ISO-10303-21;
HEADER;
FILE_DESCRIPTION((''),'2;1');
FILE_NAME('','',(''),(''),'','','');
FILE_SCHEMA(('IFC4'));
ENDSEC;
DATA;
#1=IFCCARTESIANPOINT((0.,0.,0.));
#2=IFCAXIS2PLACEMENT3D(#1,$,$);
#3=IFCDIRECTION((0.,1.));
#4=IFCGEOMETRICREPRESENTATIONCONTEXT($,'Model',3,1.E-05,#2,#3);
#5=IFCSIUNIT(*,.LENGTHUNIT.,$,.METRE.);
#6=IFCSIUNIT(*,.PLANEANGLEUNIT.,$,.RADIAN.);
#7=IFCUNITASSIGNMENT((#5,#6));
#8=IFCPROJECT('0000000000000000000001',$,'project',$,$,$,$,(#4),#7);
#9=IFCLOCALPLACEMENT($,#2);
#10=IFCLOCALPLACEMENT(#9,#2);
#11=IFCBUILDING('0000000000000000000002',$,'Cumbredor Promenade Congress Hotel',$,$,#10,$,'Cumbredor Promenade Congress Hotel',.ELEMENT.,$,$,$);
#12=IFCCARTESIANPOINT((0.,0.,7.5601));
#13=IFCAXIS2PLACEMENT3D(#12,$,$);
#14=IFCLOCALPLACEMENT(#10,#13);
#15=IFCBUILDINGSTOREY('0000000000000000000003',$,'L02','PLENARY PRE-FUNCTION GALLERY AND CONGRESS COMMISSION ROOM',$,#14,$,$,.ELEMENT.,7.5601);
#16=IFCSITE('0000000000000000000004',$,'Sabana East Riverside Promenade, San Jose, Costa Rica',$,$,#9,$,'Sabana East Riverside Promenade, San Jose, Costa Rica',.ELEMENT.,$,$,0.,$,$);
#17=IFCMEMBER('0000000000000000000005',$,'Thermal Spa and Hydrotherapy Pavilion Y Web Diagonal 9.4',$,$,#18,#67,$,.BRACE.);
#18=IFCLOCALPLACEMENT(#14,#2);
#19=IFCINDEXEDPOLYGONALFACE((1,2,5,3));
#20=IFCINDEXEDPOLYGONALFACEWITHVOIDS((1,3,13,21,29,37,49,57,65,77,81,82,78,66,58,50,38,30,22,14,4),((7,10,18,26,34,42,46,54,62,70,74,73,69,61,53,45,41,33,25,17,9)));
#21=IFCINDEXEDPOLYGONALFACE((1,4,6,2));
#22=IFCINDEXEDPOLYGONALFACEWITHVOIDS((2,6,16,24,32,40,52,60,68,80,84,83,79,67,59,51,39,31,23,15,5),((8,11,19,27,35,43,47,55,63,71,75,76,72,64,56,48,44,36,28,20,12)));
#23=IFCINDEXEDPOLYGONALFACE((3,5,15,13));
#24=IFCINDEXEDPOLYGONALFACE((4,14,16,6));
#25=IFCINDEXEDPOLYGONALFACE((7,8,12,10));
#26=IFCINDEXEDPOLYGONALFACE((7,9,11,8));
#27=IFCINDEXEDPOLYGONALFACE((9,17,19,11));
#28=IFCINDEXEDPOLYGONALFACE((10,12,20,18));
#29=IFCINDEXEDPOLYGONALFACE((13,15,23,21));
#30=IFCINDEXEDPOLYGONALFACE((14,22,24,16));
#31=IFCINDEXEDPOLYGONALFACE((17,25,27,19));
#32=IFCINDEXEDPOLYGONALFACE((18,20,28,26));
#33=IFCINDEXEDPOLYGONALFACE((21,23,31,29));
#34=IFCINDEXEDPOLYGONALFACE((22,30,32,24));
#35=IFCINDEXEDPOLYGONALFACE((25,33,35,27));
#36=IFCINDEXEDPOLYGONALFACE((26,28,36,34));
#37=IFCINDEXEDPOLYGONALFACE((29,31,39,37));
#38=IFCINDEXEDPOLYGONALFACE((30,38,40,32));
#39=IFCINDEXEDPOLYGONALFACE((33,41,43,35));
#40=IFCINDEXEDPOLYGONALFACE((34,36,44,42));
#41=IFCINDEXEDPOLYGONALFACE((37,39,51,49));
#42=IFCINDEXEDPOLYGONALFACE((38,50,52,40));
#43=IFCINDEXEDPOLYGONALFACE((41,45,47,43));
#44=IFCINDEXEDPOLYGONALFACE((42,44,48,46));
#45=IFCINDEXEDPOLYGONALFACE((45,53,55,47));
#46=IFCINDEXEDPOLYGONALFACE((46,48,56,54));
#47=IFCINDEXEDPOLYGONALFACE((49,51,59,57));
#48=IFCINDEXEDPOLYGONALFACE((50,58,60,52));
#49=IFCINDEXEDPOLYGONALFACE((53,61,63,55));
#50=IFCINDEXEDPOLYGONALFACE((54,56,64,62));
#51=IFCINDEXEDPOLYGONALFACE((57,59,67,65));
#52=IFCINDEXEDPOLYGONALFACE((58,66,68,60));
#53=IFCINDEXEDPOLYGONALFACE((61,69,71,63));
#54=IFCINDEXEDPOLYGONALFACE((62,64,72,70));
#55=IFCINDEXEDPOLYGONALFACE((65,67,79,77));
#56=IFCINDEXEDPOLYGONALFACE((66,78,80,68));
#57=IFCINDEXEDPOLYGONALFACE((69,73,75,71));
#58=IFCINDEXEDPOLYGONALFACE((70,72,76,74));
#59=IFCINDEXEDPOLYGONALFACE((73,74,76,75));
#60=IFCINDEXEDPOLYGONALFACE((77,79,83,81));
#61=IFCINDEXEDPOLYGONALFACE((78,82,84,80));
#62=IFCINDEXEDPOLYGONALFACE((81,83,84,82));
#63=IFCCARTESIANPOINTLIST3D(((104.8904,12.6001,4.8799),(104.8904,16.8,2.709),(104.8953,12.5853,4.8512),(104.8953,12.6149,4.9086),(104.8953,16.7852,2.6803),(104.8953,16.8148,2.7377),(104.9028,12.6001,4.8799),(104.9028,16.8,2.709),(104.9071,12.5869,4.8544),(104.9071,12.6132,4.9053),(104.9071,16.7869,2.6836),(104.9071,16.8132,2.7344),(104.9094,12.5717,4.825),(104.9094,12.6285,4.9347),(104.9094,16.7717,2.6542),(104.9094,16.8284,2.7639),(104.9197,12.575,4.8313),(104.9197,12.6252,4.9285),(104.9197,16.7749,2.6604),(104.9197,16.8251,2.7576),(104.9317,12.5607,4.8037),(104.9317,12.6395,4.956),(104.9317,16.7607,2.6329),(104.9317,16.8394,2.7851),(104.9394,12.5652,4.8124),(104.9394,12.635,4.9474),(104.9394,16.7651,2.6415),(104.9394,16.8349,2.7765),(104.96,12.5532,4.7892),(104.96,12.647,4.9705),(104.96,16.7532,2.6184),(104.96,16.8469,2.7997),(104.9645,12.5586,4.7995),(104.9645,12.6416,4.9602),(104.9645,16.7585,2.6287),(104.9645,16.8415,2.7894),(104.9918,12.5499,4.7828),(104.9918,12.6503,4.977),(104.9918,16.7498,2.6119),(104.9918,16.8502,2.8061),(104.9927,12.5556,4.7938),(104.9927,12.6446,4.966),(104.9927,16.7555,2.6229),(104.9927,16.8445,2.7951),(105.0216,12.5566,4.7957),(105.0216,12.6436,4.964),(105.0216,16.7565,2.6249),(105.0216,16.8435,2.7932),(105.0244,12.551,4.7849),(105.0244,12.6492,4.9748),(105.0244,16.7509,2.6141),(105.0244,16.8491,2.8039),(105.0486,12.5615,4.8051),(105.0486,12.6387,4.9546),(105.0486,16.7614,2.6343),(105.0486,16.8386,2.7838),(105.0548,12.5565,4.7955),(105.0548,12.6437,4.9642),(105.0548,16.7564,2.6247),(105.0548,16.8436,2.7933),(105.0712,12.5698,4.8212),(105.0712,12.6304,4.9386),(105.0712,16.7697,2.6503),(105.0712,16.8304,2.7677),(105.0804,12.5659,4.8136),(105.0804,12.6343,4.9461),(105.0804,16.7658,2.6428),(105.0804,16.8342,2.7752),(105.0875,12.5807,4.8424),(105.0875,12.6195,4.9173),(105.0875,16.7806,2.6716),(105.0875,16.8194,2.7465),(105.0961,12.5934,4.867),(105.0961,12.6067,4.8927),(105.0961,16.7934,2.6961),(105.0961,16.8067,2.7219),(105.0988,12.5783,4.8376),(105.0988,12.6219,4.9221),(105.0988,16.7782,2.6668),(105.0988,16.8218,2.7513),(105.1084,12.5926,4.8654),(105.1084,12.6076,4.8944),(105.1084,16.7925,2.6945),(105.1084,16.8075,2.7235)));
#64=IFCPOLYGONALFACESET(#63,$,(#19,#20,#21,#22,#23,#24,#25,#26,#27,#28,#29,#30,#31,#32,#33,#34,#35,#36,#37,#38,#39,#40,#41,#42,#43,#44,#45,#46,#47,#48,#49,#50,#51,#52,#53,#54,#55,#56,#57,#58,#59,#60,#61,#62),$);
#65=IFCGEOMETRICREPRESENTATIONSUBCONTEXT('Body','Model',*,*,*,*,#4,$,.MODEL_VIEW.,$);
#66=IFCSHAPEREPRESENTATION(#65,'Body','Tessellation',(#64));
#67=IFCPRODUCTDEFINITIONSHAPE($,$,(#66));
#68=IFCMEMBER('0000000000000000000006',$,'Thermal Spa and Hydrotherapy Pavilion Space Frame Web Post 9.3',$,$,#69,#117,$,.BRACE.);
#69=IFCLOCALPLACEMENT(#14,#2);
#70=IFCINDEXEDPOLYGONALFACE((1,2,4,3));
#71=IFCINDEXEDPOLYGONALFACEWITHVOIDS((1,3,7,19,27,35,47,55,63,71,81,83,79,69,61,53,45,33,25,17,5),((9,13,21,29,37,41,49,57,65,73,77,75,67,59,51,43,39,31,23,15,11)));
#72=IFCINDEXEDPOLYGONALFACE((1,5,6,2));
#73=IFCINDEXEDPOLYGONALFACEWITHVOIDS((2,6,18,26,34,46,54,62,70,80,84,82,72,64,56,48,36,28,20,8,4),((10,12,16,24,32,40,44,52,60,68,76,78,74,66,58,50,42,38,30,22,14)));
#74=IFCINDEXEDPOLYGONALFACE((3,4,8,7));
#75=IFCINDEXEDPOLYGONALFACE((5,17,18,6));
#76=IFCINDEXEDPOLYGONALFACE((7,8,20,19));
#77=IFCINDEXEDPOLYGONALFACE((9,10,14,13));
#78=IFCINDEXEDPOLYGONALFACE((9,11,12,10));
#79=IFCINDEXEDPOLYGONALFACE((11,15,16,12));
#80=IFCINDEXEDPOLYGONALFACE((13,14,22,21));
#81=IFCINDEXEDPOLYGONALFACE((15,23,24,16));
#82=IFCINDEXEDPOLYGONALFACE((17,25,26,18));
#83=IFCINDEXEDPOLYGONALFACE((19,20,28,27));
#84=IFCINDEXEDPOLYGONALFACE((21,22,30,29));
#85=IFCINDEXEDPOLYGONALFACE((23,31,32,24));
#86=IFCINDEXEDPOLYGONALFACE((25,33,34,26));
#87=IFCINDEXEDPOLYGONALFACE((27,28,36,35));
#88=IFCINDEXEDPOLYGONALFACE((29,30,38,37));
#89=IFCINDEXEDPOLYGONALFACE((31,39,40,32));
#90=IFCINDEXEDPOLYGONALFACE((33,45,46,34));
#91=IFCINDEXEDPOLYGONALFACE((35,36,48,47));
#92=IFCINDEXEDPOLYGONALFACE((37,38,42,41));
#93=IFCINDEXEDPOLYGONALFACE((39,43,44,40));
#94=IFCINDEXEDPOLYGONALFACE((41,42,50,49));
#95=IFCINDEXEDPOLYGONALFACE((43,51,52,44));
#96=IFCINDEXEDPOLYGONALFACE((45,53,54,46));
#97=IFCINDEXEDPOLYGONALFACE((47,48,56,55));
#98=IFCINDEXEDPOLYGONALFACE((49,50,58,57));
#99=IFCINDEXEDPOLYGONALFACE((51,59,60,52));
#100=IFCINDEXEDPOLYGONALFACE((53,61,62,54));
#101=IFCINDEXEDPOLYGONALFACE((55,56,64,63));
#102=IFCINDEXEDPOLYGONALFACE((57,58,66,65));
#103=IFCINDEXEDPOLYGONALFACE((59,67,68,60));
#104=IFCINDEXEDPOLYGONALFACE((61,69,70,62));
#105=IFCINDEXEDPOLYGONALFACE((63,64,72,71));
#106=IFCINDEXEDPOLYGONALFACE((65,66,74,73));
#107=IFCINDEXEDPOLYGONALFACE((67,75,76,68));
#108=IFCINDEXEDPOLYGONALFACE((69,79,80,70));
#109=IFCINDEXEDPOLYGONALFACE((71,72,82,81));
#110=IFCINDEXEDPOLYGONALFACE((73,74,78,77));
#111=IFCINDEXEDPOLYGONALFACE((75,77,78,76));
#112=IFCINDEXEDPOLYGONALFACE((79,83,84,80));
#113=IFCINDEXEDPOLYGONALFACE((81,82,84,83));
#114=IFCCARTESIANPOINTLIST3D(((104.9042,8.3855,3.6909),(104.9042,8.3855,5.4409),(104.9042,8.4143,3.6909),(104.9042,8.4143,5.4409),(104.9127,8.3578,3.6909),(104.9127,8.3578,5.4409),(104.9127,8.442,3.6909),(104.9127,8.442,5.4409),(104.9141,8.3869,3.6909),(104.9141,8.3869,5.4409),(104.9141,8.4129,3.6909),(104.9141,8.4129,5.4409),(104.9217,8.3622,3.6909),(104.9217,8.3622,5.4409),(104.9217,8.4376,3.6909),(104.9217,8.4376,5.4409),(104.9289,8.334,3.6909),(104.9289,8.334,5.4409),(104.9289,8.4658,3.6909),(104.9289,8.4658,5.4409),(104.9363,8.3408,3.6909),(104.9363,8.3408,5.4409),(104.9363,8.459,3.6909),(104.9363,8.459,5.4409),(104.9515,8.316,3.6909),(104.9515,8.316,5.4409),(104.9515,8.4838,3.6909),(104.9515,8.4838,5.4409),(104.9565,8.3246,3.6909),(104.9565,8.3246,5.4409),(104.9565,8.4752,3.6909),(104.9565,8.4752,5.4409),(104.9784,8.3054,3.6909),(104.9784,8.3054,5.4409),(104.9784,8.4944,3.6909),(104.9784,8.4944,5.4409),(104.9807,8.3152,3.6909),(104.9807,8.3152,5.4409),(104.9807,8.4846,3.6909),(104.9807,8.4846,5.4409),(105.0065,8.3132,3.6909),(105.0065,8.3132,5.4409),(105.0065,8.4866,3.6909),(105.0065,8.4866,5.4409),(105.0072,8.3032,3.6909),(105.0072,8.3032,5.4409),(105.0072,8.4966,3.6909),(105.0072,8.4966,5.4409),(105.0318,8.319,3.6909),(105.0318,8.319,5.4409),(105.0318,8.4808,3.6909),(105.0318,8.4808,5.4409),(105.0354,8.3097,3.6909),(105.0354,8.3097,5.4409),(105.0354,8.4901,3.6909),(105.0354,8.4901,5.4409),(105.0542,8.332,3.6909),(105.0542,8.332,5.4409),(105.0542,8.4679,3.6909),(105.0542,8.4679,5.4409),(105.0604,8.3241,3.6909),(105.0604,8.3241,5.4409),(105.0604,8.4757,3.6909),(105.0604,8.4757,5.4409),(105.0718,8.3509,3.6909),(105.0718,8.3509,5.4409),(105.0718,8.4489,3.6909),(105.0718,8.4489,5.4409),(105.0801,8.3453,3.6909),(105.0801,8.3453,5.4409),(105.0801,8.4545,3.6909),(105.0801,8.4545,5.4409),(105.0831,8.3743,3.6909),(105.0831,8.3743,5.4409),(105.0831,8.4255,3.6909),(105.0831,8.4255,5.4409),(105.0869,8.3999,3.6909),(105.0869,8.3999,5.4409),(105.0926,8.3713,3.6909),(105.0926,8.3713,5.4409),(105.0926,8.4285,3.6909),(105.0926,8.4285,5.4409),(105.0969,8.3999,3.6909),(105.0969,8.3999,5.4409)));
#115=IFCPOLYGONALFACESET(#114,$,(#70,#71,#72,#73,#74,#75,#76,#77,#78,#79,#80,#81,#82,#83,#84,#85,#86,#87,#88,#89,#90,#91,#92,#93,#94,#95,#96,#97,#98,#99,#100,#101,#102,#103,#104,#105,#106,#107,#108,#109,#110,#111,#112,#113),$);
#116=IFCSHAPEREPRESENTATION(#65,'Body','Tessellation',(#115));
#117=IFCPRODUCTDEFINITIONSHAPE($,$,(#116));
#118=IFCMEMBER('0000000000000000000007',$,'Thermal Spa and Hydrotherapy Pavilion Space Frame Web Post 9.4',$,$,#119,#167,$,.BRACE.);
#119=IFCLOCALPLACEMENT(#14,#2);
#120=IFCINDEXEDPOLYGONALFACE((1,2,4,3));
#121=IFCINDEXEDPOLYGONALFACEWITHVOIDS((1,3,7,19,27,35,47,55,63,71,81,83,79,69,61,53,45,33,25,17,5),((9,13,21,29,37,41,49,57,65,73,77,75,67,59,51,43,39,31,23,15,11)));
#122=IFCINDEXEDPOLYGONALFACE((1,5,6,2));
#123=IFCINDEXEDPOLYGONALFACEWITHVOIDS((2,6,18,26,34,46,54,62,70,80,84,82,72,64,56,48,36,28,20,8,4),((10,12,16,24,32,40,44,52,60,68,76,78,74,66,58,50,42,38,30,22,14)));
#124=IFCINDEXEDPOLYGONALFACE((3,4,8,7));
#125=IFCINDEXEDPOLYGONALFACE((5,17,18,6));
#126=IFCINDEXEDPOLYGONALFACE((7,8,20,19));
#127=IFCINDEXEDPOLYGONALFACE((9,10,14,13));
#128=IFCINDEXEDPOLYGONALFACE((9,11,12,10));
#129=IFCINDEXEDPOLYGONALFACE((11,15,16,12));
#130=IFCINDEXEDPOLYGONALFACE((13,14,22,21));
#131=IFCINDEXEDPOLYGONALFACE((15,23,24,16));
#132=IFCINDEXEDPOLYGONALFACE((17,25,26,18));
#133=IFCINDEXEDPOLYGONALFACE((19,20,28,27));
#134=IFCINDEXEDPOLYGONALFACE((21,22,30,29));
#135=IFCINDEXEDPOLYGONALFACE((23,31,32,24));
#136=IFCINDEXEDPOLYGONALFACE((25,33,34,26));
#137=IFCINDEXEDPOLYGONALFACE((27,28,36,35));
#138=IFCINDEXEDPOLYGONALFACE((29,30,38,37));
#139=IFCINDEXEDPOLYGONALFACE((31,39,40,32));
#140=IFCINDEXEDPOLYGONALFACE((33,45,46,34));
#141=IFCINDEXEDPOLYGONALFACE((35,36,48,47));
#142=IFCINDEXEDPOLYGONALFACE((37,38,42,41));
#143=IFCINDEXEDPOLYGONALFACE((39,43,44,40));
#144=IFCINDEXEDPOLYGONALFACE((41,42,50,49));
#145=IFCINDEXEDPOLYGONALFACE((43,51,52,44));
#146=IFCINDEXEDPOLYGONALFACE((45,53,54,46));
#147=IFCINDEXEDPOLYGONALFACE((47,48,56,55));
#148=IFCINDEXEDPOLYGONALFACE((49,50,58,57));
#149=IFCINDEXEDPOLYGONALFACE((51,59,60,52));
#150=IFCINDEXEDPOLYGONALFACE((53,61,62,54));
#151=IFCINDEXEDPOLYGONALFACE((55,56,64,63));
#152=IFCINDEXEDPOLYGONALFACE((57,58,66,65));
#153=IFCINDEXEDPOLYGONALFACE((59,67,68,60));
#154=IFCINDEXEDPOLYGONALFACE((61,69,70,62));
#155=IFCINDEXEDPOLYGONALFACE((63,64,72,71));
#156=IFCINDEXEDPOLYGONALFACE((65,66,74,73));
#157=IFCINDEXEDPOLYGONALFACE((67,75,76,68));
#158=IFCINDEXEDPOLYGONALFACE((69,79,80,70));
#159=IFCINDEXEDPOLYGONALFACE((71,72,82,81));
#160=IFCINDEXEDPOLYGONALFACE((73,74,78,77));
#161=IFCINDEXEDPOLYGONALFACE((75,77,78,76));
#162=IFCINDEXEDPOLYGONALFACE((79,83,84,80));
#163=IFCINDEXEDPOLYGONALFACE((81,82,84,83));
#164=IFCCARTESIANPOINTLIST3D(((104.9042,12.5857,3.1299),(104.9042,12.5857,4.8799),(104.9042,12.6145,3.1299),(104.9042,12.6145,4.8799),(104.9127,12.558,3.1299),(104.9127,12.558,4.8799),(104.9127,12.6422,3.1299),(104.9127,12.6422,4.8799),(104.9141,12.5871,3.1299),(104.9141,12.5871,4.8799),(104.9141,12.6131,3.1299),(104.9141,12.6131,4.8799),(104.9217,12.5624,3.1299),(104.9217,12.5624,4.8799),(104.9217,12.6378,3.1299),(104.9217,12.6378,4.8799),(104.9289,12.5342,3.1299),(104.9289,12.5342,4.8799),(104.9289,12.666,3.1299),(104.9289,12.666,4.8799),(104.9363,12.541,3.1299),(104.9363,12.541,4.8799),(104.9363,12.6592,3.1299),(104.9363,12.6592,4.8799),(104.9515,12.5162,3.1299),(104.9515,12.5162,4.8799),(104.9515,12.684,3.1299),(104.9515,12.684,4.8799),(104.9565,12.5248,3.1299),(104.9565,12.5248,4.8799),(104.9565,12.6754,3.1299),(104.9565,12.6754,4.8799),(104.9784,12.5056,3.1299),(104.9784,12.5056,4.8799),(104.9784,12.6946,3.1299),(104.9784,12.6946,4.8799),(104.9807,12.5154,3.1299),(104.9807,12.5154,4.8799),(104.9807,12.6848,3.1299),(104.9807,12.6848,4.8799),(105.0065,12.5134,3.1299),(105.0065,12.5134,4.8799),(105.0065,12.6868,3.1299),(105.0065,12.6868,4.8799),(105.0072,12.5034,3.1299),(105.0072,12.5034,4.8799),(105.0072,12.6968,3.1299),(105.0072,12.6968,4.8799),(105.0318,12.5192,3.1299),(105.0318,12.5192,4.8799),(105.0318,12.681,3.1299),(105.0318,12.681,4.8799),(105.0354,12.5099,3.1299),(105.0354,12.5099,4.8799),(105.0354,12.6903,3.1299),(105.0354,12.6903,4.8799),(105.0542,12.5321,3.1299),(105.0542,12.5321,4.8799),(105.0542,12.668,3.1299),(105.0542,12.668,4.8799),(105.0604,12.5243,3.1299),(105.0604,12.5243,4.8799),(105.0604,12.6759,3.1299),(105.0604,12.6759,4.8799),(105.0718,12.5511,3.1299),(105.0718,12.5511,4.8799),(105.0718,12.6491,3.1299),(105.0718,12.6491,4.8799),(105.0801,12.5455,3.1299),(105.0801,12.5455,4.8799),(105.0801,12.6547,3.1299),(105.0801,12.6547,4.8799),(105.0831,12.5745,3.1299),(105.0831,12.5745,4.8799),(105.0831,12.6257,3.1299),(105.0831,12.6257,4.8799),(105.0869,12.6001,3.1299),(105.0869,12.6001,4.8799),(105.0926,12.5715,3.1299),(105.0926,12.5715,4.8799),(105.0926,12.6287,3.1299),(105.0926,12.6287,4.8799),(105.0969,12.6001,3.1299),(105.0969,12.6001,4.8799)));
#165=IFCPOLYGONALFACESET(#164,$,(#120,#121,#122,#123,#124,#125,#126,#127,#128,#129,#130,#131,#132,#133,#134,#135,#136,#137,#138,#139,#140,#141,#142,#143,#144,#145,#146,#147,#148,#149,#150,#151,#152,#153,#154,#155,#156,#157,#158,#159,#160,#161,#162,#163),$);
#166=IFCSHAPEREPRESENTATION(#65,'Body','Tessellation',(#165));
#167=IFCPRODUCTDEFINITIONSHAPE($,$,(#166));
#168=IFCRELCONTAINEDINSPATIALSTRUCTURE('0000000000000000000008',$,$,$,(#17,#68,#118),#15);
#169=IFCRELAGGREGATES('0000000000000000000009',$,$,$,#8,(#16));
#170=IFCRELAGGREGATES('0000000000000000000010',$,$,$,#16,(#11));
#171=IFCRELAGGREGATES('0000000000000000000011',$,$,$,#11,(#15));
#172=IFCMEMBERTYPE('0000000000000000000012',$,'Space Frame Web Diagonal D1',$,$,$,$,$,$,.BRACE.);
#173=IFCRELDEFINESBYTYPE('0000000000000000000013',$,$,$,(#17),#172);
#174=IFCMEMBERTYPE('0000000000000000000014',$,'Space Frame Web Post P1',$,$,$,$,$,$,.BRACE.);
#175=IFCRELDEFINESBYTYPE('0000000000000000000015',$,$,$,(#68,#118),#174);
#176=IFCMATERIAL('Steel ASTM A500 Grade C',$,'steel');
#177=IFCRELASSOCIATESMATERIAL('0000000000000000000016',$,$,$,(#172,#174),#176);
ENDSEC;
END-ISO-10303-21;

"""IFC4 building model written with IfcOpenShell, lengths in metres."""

from ifc_helpers import new_model, si_unit, direction, frame, origin, origin_2d, place, context, subcontext, project, spatial, hollow_circle, extrude, material, material_profile, profile_set, type_object, element, save


model = new_model("IFC4")

# Units and contexts
model_context = context("Model", 3, precision=1e-05, world=origin(), true_north=direction((0.0, 1.0)))
body_context = subcontext(model_context, "Body", "Model", "MODEL_VIEW")
ifc_project = project(units=[si_unit("LENGTHUNIT", "METRE"), si_unit("PLANEANGLEUNIT", "RADIAN")], contexts=[model_context])

# Site, building, storey
site_placement = place(None, origin())
site = spatial("IfcSite", under=ifc_project, at=site_placement, Name="Sabana East Riverside Promenade, San Jose, Costa Rica", LongName="Sabana East Riverside Promenade, San Jose, Costa Rica", CompositionType="ELEMENT", RefElevation=0.0)
building_placement = place(site_placement, origin())
building = spatial("IfcBuilding", under=site, at=building_placement, Name="Cumbredor Promenade Congress Hotel", LongName="Cumbredor Promenade Congress Hotel", CompositionType="ELEMENT")
storey_placement = place(building_placement, frame((0.0, 0.0, 7.5601)))
storey = spatial("IfcBuildingStorey", under=building, at=storey_placement, Name="L02", Description="PLENARY PRE-FUNCTION GALLERY AND CONGRESS COMMISSION ROOM", CompositionType="ELEMENT", Elevation=7.5601)

# Members
ifc_material_1 = material(Name="Steel ASTM A500 Grade C", Category="steel")
ifc_material_profile_1 = material_profile(ifc_material_1, hollow_circle(Radius=0.1096, WallThickness=0.0125, at=origin_2d()), Name="CHS 219.1x12.5")
ifc_profile_set_1 = profile_set([ifc_material_profile_1], Name="Steel ASTM A500 Grade C")
member_type_1 = type_object("IfcMemberType", Name="Space Frame Web Diagonal D1", PredefinedType="BRACE", material=ifc_profile_set_1)
member_1_placement = place(storey_placement, frame((105.0, 12.6001, 4.8799), z_axis=(0.0, 0.888346, -0.459174), x_axis=(-1.0, 0.0, 0.0)))
element("IfcMember", 1, at=member_1_placement, inside=storey, type_object=member_type_1, Name="Thermal Spa and Hydrotherapy Pavilion Y Web Diagonal 9.4", PredefinedType="BRACE", context=body_context, shape_type="SweptSolid", body=[
    extrude(hollow_circle(Radius=0.1096, WallThickness=0.0125, at=origin_2d()), origin(), (0.0, 0.0, 1.0), 4.7278),
])
ifc_material_profile_2 = material_profile(ifc_material_1, hollow_circle(Radius=0.0969, WallThickness=0.01, at=origin_2d()), Name="CHS 193.7x10")
ifc_profile_set_2 = profile_set([ifc_material_profile_2], Name="Steel ASTM A500 Grade C")
member_type_2 = type_object("IfcMemberType", Name="Space Frame Web Post P1", PredefinedType="BRACE", material=ifc_profile_set_2)
for number, where, z_axis, x_axis, name in (
    (2, (105.0, 8.3999, 3.6909), (0.0, 0.0, 1.0), (1.0, 0.0, 0.0), "Thermal Spa and Hydrotherapy Pavilion Space Frame Web Post 9.3"),
    (3, (105.0, 12.6001, 3.1299), (0.0, 0.0, 1.0), (1.0, 0.0, 0.0), "Thermal Spa and Hydrotherapy Pavilion Space Frame Web Post 9.4"),
):
    element("IfcMember", number, at=place(storey_placement, frame(where, z_axis=z_axis, x_axis=x_axis)), inside=storey, type_object=member_type_2, Name=name, PredefinedType="BRACE", context=body_context, shape_type="SweptSolid", body=[
        extrude(hollow_circle(Radius=0.0969, WallThickness=0.01, at=origin_2d()), origin(), (0.0, 0.0, 1.0), 1.75),
    ])

save(model, "model.ifc")
